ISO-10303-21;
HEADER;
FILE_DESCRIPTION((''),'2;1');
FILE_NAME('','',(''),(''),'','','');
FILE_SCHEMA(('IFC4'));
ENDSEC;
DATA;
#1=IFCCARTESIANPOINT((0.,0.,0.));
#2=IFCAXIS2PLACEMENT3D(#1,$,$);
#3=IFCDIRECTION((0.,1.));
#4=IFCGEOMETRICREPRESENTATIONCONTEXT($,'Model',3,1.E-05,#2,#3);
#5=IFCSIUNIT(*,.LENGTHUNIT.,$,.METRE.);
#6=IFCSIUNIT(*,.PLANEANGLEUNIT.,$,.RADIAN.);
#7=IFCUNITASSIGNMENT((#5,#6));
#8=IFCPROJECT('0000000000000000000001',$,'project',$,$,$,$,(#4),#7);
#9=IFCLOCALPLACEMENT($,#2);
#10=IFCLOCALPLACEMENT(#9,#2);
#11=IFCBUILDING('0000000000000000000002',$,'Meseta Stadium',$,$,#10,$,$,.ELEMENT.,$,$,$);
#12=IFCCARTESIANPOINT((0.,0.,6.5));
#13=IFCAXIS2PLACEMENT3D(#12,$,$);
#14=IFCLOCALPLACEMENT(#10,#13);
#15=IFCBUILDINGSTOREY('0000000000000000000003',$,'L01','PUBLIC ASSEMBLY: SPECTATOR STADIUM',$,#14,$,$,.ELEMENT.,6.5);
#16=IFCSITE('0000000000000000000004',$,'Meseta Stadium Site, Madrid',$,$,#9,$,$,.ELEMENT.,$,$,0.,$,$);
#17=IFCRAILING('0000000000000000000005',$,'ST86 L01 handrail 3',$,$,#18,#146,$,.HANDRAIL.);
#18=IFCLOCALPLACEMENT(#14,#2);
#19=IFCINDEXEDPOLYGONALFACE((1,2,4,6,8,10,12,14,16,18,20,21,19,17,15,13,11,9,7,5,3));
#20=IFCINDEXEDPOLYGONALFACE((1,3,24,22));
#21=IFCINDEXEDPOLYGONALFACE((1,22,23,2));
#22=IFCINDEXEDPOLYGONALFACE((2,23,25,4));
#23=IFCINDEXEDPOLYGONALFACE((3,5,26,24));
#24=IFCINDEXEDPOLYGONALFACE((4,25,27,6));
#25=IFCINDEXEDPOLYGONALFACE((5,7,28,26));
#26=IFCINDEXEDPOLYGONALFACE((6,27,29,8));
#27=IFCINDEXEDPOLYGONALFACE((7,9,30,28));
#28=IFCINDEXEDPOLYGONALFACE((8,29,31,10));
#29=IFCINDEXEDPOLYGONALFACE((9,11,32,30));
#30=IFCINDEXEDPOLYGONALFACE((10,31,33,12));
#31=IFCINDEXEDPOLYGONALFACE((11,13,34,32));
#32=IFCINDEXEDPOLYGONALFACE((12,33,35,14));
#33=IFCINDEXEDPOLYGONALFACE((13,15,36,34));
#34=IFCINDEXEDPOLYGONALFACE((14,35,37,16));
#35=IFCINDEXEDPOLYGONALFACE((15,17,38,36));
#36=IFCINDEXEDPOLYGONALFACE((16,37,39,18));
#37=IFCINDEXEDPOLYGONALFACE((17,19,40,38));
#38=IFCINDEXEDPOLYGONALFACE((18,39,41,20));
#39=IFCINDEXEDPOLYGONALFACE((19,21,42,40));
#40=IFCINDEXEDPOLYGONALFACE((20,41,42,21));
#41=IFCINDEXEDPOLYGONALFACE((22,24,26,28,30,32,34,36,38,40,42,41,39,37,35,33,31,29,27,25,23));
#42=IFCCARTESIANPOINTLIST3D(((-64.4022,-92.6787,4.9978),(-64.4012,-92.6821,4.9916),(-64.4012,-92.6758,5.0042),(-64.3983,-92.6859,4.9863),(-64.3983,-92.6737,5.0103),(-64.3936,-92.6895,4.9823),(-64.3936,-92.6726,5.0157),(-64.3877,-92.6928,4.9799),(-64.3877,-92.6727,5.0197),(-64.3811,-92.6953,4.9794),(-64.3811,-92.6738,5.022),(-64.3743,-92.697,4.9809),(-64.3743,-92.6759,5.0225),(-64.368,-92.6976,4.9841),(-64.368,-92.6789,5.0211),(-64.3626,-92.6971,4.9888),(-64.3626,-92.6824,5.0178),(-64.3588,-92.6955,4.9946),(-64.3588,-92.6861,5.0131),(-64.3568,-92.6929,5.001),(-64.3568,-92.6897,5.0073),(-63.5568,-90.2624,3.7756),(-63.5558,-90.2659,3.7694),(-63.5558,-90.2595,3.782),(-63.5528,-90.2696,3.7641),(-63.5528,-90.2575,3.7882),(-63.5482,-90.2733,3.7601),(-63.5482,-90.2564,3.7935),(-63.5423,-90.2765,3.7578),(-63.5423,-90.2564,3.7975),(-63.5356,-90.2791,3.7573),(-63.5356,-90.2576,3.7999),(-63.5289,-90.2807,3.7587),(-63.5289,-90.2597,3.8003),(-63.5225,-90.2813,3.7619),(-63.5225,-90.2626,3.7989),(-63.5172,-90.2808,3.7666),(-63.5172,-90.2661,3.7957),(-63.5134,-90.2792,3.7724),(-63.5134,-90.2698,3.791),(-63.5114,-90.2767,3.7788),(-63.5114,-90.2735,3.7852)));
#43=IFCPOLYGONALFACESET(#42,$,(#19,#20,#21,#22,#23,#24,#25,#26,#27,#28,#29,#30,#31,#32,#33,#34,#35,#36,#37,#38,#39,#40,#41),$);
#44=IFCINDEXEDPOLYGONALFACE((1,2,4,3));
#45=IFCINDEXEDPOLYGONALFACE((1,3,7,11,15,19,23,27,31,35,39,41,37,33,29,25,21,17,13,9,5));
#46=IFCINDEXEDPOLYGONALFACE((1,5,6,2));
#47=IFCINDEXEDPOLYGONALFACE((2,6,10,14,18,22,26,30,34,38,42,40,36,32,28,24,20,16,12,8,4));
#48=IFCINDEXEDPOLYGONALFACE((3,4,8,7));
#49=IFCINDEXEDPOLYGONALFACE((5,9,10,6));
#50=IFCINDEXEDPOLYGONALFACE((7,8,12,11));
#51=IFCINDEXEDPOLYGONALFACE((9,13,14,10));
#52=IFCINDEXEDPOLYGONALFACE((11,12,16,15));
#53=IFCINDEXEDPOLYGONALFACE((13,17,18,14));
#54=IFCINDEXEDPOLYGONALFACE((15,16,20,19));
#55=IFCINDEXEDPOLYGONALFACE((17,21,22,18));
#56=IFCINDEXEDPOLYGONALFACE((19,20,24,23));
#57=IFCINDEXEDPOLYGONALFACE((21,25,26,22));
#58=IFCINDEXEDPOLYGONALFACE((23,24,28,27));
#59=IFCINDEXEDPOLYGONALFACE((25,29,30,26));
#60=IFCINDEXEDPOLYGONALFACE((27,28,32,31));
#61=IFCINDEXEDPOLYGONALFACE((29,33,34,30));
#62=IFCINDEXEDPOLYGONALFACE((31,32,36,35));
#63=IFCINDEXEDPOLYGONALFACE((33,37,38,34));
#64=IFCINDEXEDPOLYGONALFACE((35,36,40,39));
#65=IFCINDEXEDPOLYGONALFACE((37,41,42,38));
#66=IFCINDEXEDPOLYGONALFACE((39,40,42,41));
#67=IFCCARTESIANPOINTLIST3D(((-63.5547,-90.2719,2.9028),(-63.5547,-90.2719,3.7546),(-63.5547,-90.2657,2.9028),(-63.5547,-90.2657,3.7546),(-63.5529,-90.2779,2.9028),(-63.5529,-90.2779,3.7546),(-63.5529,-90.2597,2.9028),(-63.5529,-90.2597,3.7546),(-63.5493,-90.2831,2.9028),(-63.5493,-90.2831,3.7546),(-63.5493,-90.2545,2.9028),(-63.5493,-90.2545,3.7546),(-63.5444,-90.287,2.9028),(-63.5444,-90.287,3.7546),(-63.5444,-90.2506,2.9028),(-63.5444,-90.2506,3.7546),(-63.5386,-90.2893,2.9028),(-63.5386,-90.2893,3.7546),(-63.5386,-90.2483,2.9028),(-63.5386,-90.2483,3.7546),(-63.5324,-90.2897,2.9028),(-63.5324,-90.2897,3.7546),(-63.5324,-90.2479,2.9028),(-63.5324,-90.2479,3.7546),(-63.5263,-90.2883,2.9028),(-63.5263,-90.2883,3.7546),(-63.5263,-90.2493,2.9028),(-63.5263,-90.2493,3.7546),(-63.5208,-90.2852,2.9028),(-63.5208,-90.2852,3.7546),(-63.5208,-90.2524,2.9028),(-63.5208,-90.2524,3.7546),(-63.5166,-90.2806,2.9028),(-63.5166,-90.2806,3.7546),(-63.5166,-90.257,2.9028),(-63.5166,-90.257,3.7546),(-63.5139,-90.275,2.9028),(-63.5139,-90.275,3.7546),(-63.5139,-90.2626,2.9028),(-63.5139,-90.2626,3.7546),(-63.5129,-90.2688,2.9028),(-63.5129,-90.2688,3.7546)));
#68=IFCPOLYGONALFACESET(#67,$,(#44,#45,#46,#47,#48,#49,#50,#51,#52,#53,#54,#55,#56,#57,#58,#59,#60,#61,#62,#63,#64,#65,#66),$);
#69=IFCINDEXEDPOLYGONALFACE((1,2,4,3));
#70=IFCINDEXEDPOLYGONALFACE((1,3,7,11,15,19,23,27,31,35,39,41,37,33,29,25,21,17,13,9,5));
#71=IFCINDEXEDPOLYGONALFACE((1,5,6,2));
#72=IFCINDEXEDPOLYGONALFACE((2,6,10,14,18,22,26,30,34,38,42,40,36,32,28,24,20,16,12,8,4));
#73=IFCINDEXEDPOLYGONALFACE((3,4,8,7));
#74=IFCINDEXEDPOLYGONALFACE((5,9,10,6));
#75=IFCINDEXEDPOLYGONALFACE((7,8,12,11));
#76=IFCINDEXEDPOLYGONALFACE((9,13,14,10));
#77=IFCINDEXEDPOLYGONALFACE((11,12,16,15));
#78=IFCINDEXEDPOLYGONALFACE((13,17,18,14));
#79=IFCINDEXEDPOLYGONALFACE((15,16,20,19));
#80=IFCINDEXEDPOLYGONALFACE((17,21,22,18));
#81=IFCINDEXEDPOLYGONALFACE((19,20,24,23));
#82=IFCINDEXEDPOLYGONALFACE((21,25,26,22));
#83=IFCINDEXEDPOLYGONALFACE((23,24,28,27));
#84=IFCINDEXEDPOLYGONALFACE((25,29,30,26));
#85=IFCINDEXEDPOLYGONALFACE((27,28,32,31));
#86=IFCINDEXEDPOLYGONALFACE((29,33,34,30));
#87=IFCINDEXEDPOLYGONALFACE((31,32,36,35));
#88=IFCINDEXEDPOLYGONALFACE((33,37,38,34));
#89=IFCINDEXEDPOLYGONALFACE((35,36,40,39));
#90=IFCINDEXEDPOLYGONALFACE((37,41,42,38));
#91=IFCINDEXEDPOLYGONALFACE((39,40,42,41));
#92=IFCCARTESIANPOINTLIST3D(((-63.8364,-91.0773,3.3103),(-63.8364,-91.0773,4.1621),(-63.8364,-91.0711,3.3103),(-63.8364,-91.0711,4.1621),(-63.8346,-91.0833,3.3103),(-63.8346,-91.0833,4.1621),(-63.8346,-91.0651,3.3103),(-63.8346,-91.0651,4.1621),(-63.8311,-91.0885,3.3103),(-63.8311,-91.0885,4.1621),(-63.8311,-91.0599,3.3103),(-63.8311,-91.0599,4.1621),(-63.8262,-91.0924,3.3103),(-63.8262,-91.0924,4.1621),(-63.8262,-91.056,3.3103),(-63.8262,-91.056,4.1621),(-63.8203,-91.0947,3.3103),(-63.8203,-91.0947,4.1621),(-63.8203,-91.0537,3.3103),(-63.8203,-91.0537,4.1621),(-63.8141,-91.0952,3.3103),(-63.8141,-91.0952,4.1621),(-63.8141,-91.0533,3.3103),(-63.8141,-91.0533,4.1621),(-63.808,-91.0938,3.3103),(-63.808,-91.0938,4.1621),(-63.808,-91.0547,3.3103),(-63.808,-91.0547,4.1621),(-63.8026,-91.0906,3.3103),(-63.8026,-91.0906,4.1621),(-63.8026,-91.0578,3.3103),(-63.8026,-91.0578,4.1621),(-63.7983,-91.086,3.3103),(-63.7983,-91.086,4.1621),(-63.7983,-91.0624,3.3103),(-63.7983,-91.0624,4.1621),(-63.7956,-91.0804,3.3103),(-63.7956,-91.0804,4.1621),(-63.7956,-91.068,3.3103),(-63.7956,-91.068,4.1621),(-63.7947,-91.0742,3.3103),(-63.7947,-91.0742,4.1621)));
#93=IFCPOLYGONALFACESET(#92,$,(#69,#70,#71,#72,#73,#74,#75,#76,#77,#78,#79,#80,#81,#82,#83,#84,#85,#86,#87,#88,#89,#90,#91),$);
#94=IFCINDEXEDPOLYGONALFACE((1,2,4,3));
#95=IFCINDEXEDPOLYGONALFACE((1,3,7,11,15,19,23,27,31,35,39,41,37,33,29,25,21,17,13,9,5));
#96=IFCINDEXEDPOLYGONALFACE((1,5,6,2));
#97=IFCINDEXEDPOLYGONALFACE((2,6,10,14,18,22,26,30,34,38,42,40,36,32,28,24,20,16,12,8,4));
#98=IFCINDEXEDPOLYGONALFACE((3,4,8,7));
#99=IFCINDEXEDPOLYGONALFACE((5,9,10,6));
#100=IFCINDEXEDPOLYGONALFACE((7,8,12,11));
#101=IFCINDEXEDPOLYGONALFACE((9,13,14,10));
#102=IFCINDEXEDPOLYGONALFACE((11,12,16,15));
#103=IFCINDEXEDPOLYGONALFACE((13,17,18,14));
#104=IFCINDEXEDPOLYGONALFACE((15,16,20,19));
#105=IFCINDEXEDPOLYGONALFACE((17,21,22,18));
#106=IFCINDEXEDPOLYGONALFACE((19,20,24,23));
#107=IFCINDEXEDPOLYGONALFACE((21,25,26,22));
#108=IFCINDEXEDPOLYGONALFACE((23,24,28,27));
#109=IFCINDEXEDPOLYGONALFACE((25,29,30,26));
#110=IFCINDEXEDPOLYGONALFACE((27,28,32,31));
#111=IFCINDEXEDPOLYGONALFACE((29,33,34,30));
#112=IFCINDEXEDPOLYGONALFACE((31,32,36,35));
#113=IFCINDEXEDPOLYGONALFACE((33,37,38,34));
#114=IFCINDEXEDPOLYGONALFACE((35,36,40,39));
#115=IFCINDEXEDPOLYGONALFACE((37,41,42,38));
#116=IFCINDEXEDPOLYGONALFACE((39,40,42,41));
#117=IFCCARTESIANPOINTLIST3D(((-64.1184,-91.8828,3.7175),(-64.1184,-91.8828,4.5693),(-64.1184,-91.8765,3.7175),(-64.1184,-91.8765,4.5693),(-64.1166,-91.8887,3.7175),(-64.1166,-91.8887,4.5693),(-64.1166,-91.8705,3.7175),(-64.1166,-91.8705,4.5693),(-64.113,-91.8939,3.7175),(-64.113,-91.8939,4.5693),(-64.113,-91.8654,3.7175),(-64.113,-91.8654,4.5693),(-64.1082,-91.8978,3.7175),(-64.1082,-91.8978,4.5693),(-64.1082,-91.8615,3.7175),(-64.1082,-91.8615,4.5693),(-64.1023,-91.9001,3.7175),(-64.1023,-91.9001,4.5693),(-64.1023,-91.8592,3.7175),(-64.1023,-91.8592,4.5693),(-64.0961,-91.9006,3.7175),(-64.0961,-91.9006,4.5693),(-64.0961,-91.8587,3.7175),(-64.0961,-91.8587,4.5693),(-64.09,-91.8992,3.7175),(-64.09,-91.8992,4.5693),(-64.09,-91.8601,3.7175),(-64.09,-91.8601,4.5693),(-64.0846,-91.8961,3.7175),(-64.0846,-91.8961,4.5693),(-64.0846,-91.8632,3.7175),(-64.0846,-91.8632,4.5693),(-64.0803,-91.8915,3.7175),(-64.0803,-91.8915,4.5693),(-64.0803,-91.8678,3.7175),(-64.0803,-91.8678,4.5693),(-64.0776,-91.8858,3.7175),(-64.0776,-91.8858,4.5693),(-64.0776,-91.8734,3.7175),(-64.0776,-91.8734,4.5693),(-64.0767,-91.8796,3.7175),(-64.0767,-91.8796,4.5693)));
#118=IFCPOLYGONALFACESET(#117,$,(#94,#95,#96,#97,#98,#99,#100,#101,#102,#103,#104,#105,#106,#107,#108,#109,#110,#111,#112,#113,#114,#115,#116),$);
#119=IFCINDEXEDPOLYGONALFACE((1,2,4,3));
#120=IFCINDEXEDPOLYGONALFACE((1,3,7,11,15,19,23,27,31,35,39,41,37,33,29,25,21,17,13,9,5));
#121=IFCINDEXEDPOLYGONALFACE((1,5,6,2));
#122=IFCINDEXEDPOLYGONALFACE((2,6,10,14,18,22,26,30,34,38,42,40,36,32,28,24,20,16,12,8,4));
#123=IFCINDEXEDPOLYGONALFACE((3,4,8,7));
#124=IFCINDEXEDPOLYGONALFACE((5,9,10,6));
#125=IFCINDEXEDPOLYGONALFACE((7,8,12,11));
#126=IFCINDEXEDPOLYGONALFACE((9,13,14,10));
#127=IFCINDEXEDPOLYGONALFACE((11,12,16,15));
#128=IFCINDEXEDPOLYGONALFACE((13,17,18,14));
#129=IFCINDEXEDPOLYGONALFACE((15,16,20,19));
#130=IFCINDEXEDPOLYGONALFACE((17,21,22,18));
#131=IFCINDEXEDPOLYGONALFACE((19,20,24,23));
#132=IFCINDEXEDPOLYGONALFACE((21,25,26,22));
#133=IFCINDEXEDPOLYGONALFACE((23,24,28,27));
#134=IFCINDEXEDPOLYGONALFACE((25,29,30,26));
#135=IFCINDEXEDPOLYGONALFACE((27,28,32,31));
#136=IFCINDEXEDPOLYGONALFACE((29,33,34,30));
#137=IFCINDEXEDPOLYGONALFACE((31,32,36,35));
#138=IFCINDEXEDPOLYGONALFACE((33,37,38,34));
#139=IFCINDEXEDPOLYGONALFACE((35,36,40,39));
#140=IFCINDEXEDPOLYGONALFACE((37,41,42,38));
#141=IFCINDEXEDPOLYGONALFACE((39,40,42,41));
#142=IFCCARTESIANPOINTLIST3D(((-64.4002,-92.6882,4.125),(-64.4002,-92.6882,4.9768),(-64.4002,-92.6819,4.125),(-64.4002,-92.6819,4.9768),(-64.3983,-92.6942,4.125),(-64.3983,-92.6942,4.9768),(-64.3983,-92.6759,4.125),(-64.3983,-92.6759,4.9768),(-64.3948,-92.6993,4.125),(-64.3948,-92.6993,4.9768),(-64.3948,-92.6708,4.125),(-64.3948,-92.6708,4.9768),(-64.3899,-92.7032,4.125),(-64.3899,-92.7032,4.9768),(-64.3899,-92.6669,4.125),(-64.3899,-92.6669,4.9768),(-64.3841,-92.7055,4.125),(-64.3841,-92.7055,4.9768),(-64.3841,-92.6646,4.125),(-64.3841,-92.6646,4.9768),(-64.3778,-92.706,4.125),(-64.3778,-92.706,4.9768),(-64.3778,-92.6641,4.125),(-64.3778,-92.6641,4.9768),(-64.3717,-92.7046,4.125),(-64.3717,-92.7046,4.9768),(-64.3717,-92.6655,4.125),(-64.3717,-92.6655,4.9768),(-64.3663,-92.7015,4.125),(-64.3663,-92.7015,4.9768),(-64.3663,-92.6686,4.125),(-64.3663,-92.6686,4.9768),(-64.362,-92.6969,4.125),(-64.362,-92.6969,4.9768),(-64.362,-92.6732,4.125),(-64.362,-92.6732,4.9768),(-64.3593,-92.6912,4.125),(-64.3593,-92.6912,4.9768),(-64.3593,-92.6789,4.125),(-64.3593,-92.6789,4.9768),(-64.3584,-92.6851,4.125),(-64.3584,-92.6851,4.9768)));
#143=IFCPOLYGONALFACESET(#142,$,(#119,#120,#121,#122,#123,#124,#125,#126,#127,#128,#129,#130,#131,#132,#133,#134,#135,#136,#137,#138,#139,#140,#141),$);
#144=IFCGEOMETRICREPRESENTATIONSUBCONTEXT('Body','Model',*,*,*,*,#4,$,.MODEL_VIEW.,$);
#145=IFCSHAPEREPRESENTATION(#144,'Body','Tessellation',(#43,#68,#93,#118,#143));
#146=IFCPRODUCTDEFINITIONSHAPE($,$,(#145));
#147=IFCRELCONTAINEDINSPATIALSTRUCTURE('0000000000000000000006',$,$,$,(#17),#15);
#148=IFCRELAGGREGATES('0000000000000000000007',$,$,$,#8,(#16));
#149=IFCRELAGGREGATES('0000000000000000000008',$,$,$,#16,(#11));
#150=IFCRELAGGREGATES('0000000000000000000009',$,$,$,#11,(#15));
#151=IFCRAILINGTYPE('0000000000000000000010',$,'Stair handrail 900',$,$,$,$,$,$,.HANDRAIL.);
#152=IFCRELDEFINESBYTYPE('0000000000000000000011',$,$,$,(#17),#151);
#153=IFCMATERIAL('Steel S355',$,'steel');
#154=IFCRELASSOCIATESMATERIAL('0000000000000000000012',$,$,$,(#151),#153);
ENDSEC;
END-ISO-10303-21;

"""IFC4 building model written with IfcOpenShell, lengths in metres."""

from ifc_helpers import new_model, si_unit, direction, frame, origin, origin_2d, place, context, subcontext, project, spatial, circle, extrude, material, type_object, element, save


model = new_model("IFC4")

# Units and contexts
model_context = context("Model", 3, precision=1e-05, world=origin(), true_north=direction((0.0, 1.0)))
body_context = subcontext(model_context, "Body", "Model", "MODEL_VIEW")
ifc_project = project(units=[si_unit("LENGTHUNIT", "METRE"), si_unit("PLANEANGLEUNIT", "RADIAN")], contexts=[model_context])

# Site, building, storey
site_placement = place(None, origin())
site = spatial("IfcSite", under=ifc_project, at=site_placement, Name="Meseta Stadium Site, Madrid", CompositionType="ELEMENT", RefElevation=0.0)
building_placement = place(site_placement, origin())
building = spatial("IfcBuilding", under=site, at=building_placement, Name="Meseta Stadium", CompositionType="ELEMENT")
storey_placement = place(building_placement, frame((0.0, 0.0, 6.5)))
storey = spatial("IfcBuildingStorey", under=building, at=storey_placement, Name="L01", Description="PUBLIC ASSEMBLY: SPECTATOR STADIUM", CompositionType="ELEMENT", Elevation=6.5)

# Railing
ifc_material_1 = material(Name="Steel S355", Category="steel")
railing_type_1 = type_object("IfcRailingType", Name="Stair handrail 900", PredefinedType="HANDRAIL", material=ifc_material_1)
for number, where, name in (
    (1, (-63.5339, -90.2688, 2.9028), "ST86 L01 handrail 3"),
):
    element("IfcRailing", number, at=place(storey_placement, frame(where)), inside=storey, type_object=railing_type_1, Name=name, PredefinedType="HANDRAIL", context=body_context, shape_type="SweptSolid", body=[
        extrude(circle(Radius=0.0239, at=origin_2d()), frame((0.0, 0.0, 0.876), z_axis=(-0.298044, -0.851789, 0.430843), x_axis=(0.943887, -0.33027, 0.0)), (0.0, 0.0, 1.0), 2.8367),
        extrude(circle(Radius=0.021, at=origin_2d()), origin(), (0.0, 0.0, 1.0), 0.8518),
        extrude(circle(Radius=0.021, at=origin_2d()), frame((-0.2817, -0.8054, 0.4075)), (0.0, 0.0, 1.0), 0.8518),
        extrude(circle(Radius=0.021, at=origin_2d()), frame((-0.5637, -1.6108, 0.8147)), (0.0, 0.0, 1.0), 0.8518),
        extrude(circle(Radius=0.021, at=origin_2d()), frame((-0.8455, -2.4163, 1.2222)), (0.0, 0.0, 1.0), 0.8518),
    ])

save(model, "model.ifc")
